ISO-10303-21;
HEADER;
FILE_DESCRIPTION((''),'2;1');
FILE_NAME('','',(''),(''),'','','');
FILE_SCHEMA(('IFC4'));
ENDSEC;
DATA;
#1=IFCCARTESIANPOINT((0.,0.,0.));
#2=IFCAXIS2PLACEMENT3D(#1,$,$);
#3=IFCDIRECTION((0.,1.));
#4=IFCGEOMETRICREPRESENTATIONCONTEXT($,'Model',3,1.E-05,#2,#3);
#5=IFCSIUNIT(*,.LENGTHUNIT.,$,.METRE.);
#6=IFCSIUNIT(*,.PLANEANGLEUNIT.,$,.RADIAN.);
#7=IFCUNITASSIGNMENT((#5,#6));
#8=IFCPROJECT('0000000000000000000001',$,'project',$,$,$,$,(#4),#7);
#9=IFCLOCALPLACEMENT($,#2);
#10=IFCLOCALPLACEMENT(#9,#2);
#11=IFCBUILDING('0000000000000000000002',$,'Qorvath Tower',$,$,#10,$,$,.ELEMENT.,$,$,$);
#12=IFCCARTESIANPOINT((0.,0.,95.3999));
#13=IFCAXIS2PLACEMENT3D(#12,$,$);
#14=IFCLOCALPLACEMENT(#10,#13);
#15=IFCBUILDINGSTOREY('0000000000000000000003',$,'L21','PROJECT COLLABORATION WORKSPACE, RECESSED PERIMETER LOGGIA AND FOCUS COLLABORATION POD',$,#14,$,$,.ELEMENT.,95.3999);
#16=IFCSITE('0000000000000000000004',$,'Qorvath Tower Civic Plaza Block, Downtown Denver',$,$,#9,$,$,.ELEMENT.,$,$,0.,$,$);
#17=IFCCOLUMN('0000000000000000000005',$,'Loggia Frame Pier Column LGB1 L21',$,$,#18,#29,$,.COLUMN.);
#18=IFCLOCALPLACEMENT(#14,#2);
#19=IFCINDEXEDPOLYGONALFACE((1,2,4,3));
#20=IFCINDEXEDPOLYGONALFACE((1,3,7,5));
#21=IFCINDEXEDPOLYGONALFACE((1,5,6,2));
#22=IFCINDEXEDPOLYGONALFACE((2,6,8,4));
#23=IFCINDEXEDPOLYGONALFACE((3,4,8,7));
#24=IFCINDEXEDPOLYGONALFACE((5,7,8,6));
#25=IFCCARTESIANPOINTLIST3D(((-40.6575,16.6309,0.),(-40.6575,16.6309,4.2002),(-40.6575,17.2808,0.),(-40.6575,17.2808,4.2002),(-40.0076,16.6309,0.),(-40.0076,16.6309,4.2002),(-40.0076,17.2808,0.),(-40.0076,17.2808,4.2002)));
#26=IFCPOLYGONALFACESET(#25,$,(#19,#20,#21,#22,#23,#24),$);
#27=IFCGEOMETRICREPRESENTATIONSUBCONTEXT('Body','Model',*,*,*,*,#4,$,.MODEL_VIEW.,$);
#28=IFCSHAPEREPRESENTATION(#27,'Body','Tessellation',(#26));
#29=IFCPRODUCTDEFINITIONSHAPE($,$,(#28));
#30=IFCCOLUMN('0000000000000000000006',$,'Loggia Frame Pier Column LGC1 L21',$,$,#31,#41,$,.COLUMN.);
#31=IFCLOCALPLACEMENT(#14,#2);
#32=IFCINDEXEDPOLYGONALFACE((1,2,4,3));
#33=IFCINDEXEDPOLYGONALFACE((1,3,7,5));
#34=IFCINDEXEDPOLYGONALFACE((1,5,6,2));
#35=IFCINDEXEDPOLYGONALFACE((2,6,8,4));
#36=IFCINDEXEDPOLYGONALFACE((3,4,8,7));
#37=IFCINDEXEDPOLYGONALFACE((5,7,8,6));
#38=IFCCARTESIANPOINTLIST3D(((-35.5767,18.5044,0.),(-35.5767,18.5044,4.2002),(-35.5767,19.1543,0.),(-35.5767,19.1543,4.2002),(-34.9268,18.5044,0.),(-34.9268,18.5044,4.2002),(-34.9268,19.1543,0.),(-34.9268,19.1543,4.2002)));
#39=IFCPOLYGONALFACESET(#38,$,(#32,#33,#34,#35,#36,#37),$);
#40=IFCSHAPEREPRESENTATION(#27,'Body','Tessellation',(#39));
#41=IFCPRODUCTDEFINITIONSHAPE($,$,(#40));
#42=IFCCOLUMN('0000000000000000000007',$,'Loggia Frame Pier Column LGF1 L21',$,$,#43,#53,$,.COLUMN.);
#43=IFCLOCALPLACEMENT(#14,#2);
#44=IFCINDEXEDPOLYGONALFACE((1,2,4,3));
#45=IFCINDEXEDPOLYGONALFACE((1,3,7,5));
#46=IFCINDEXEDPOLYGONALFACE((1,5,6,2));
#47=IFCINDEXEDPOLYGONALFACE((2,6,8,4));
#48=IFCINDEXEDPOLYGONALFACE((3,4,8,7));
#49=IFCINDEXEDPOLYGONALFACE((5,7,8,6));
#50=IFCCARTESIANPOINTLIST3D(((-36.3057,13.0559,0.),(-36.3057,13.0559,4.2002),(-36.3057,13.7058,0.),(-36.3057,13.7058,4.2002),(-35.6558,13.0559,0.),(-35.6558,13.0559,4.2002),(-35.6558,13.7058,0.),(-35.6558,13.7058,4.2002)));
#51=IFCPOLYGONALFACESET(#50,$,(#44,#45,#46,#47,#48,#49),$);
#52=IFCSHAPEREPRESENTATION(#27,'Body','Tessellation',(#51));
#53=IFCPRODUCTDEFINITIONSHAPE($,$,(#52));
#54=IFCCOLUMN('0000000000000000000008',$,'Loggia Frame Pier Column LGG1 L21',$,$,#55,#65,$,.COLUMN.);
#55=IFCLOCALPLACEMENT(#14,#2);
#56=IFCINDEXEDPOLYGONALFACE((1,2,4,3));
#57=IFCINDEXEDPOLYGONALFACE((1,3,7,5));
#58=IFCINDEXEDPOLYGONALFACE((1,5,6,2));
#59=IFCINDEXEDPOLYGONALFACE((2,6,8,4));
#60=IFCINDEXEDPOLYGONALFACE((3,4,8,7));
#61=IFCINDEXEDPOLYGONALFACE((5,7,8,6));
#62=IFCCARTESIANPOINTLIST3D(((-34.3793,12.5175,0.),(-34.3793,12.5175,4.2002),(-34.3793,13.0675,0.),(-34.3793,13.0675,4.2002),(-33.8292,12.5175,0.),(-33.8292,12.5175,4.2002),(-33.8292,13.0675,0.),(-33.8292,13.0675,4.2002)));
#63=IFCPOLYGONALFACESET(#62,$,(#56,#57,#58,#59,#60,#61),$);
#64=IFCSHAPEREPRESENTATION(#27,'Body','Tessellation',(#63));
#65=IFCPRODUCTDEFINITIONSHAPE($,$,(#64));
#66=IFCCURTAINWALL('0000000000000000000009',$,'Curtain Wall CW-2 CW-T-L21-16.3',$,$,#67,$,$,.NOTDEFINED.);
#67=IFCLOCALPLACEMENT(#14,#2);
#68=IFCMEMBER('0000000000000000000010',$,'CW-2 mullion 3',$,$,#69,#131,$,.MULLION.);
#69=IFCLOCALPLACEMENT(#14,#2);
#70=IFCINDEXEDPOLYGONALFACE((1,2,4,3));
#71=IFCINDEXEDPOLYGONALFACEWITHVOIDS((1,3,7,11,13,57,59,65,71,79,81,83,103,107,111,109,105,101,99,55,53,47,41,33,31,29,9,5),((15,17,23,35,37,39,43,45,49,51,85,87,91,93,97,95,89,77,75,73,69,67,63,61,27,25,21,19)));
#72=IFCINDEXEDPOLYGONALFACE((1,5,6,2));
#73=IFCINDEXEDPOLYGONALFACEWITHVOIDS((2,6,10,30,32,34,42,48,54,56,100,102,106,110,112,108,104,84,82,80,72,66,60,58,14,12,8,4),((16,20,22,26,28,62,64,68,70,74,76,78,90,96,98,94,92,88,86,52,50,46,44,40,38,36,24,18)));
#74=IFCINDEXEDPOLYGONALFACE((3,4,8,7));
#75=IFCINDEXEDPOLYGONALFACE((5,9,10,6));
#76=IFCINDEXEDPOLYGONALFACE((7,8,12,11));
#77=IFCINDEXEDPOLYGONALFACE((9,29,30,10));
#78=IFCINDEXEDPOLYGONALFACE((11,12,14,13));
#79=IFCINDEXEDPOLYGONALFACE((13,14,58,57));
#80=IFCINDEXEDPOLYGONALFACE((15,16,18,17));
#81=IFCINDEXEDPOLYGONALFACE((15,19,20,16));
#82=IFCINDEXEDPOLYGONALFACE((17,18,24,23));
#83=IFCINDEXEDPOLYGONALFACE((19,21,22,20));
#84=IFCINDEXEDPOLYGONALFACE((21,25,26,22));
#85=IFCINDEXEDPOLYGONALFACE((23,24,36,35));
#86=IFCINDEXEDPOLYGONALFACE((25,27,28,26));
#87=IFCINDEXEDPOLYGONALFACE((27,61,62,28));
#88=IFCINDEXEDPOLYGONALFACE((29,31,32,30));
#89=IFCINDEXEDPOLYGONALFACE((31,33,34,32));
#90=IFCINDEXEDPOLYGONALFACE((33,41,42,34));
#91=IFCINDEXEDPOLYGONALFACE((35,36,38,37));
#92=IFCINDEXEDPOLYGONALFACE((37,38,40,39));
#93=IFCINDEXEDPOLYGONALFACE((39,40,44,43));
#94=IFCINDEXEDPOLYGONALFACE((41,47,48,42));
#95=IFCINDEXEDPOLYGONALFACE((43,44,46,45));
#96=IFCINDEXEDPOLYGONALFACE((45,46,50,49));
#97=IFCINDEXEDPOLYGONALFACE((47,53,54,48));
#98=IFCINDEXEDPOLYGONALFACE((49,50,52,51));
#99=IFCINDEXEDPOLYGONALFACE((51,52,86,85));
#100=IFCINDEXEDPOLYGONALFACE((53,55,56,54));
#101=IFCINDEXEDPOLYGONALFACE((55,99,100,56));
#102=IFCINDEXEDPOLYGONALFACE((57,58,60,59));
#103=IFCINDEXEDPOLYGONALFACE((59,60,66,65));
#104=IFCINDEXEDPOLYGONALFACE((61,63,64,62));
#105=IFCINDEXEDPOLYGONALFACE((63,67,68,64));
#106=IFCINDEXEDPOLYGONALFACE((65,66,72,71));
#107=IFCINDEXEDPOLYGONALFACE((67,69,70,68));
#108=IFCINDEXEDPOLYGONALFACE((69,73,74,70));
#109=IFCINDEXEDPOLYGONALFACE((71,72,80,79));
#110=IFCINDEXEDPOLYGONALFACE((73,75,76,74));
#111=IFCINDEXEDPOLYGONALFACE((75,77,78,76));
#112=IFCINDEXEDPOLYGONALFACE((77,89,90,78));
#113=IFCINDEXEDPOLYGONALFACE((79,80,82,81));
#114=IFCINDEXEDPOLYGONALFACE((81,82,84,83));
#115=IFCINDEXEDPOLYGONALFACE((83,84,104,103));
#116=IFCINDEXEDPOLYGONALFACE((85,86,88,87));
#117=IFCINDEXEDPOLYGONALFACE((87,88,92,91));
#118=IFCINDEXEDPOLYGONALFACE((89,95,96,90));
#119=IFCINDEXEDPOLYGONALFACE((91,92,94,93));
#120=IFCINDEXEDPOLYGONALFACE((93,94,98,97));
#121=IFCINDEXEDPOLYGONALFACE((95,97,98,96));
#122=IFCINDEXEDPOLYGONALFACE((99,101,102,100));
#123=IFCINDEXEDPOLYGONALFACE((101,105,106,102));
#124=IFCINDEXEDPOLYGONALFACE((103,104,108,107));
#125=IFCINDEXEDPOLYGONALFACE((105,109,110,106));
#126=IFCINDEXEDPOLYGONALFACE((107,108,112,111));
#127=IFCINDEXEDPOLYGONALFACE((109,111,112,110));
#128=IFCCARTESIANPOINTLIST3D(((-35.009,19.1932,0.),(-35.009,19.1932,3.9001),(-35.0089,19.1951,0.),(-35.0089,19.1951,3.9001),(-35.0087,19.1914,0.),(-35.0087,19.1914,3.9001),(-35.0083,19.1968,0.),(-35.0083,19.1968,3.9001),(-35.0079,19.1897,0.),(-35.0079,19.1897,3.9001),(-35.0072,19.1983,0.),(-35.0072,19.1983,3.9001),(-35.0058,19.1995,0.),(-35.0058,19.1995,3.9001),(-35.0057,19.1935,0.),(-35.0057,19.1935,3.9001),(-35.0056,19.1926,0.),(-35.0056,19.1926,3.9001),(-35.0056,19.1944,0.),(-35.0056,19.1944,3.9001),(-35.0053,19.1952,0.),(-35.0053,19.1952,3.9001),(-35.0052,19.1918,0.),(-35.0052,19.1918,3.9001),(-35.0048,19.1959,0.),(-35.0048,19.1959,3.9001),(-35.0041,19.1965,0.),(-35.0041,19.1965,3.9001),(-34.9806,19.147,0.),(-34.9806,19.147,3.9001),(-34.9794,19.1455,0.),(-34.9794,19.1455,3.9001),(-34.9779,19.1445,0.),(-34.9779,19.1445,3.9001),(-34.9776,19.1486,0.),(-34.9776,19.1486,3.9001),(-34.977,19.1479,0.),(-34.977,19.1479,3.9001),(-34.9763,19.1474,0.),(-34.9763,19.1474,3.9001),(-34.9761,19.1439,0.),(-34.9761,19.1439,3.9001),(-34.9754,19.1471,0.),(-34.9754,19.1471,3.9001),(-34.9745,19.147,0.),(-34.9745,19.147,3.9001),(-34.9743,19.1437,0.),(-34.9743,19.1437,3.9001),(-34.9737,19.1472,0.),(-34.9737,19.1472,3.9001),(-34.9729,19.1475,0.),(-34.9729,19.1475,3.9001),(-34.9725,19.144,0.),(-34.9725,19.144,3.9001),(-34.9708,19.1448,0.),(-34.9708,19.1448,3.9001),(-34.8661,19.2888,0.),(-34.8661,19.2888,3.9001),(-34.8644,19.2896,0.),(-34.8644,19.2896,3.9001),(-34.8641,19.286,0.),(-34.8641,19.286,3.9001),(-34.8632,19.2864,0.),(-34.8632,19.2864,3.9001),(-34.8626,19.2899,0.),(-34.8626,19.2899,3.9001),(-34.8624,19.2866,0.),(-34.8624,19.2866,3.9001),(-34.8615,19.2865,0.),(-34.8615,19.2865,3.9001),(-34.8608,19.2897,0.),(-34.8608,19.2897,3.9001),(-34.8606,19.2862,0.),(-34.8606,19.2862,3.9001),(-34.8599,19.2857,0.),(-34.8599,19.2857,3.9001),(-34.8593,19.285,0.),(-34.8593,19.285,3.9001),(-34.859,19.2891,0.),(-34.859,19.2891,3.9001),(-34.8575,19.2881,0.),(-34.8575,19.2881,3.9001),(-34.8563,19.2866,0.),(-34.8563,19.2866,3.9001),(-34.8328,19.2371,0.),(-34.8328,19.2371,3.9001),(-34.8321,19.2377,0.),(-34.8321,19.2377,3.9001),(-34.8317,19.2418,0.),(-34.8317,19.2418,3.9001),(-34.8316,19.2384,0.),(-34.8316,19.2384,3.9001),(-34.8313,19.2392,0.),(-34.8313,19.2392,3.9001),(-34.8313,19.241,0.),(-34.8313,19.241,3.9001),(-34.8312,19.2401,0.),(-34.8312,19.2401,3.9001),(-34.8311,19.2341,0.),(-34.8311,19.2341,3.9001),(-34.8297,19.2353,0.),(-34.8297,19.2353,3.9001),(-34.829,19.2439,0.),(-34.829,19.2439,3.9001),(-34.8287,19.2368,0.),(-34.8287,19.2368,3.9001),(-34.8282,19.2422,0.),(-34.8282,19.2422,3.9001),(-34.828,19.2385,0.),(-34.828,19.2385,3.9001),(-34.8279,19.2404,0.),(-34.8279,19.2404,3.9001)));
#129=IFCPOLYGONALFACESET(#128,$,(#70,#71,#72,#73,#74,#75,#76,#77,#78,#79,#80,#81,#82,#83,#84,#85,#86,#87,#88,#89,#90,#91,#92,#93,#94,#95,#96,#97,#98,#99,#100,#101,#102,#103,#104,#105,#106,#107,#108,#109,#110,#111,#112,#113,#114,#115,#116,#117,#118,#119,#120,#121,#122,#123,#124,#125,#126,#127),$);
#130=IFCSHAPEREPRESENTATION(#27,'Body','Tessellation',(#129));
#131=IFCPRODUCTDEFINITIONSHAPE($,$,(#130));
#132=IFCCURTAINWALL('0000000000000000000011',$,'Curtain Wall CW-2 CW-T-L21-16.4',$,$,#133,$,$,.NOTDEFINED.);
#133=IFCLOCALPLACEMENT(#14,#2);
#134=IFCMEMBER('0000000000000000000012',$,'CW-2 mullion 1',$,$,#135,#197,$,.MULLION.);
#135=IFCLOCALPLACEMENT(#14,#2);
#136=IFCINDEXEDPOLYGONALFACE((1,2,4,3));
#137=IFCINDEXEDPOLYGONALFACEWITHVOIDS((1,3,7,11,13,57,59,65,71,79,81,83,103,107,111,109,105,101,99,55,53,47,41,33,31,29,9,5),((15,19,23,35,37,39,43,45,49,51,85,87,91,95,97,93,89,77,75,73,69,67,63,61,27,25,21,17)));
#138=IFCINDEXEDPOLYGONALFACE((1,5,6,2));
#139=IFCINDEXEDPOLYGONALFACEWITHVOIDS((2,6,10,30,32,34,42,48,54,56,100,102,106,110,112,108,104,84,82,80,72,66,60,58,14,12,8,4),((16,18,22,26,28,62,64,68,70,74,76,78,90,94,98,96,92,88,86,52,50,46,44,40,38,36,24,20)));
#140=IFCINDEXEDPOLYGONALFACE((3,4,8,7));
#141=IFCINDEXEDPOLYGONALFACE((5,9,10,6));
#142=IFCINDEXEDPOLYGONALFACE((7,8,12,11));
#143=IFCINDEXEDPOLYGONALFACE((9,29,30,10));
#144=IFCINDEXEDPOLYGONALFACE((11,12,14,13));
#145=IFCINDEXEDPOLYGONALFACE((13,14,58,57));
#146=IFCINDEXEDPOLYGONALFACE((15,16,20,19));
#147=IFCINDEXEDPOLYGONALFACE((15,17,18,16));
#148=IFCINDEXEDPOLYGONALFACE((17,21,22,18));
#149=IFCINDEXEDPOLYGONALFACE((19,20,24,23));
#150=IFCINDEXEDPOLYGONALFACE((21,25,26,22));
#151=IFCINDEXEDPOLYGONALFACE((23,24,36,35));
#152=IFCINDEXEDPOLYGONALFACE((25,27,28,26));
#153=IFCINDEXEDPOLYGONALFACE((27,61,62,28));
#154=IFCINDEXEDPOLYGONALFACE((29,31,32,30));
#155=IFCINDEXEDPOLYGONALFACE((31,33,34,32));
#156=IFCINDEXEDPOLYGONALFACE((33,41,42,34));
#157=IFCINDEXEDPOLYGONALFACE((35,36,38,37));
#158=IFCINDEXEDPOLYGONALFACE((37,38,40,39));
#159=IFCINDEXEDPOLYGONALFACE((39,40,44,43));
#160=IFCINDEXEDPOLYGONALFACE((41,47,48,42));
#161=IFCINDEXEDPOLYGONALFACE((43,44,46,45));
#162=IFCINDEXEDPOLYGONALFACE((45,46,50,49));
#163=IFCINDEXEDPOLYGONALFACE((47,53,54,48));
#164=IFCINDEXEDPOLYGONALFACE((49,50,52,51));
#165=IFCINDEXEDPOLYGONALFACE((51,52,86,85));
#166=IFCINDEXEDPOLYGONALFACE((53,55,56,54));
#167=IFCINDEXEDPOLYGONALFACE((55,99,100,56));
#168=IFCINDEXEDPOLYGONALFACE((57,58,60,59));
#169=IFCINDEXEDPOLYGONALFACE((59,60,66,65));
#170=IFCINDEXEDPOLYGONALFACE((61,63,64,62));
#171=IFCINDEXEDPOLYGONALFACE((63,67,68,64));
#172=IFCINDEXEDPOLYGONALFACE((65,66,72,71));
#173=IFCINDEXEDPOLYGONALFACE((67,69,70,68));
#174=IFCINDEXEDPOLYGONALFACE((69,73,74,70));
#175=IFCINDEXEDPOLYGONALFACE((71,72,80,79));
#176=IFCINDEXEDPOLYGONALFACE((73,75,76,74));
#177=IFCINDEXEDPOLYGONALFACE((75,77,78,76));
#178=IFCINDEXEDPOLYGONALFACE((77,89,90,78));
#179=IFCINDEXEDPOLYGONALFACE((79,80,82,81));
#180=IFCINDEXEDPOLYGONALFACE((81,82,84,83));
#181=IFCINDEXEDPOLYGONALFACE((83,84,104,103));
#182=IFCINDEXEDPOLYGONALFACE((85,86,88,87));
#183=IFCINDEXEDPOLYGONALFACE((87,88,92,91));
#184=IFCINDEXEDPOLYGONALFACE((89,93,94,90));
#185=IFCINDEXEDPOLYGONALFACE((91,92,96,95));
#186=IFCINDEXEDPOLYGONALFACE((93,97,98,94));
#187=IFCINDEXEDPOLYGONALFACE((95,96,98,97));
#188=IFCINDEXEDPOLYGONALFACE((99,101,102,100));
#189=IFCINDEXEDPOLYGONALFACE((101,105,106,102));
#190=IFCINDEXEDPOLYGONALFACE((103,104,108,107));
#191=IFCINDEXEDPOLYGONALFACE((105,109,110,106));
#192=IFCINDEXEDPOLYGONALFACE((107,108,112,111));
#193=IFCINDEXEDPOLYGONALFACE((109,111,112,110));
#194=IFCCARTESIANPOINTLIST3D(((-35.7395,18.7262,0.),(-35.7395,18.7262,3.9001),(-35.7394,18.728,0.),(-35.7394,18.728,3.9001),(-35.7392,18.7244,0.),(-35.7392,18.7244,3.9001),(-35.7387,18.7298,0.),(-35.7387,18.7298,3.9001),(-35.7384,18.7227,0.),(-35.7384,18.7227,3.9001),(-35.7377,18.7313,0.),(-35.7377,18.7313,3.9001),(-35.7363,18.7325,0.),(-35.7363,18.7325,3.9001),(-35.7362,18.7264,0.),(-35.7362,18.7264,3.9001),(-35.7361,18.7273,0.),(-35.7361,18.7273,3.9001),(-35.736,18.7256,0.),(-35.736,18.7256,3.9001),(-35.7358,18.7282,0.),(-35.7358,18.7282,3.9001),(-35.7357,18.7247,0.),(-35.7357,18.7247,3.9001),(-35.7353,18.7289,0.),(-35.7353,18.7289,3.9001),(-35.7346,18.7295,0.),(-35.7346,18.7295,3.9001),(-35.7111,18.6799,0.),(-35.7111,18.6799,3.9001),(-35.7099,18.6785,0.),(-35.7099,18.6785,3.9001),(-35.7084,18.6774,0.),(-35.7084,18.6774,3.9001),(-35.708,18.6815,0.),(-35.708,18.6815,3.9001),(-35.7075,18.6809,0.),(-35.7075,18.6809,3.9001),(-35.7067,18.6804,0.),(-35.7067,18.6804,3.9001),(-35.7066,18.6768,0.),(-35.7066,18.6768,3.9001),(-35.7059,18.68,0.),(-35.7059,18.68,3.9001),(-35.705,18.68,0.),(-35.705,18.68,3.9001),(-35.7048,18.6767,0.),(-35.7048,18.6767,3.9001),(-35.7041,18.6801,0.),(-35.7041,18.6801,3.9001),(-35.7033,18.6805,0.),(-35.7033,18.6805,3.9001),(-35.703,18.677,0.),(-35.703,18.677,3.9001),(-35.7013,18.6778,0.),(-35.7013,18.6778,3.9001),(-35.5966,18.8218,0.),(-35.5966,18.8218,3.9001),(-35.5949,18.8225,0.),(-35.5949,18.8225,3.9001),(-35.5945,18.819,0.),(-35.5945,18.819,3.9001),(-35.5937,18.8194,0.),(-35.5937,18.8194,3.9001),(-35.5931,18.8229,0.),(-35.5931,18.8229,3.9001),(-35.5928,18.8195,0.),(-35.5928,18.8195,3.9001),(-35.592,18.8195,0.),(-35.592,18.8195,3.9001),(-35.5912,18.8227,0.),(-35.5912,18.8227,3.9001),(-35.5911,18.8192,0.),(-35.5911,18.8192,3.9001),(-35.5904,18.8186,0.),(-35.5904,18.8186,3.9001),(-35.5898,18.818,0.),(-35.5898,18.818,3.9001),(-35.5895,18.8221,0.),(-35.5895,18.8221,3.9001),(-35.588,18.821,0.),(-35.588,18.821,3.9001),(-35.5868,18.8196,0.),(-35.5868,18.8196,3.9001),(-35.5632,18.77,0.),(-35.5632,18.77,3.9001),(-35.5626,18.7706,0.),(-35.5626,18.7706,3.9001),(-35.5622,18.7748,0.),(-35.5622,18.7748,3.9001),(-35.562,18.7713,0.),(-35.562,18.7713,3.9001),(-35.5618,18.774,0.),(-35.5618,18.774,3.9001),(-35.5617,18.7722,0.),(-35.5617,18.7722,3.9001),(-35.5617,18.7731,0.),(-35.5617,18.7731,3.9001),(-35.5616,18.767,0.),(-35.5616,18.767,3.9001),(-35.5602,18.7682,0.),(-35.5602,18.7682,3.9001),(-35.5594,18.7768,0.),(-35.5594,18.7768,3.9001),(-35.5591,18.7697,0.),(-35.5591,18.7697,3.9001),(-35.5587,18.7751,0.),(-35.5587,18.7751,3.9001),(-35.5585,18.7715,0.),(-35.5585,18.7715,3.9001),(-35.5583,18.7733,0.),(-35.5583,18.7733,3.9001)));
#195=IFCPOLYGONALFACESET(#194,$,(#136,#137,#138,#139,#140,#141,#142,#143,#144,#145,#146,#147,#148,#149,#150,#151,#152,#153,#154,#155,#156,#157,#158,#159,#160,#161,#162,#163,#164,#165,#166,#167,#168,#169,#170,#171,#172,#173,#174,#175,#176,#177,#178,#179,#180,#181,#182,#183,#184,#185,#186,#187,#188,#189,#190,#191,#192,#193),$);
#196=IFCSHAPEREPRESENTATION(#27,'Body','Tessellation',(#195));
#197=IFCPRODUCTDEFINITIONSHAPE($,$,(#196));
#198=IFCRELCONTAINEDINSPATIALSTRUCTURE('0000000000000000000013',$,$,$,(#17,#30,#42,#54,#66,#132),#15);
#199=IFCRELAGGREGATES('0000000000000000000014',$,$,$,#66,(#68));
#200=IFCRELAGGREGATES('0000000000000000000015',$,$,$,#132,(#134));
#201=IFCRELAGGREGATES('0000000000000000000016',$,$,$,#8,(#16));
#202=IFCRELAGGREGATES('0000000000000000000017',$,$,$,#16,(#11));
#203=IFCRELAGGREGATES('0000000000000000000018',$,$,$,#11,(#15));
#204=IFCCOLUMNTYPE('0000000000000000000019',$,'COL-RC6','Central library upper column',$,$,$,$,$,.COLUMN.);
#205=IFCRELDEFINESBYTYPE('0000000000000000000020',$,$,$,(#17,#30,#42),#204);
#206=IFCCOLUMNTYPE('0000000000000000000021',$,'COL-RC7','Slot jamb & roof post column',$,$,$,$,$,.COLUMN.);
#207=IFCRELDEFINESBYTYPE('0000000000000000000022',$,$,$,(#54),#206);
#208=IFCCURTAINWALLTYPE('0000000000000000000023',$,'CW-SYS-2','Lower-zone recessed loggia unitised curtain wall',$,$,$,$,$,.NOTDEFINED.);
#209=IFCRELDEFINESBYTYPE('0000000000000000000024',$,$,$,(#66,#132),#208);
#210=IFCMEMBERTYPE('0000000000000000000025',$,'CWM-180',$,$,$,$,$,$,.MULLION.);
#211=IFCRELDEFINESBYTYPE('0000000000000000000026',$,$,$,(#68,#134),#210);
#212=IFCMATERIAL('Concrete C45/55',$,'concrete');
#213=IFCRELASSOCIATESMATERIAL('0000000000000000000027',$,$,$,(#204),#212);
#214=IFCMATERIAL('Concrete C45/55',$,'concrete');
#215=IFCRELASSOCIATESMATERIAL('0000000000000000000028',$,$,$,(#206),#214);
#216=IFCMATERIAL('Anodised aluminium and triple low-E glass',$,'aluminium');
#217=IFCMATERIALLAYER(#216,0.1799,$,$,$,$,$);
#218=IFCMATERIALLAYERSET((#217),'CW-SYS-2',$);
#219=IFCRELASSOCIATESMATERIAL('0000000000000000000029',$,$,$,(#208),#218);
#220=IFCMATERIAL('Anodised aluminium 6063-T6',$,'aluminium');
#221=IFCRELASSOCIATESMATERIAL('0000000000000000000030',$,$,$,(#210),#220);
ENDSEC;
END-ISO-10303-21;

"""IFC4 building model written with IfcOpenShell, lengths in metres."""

from ifc_helpers import new_model, si_unit, direction, frame, origin, origin_2d, place, context, subcontext, project, spatial, rectangle, hollow_rectangle, extrude, material, layer, layer_set, material_profile, profile_set, type_object, element, aggregate, save


model = new_model("IFC4")

# Units and contexts
model_context = context("Model", 3, precision=1e-05, world=origin(), true_north=direction((0.0, 1.0)))
body_context = subcontext(model_context, "Body", "Model", "MODEL_VIEW")
ifc_project = project(units=[si_unit("LENGTHUNIT", "METRE"), si_unit("PLANEANGLEUNIT", "RADIAN")], contexts=[model_context])

# Site, building, storey
site_placement = place(None, origin())
site = spatial("IfcSite", under=ifc_project, at=site_placement, Name="Qorvath Tower Civic Plaza Block, Downtown Denver", CompositionType="ELEMENT", RefElevation=0.0)
building_placement = place(site_placement, origin())
building = spatial("IfcBuilding", under=site, at=building_placement, Name="Qorvath Tower", CompositionType="ELEMENT")
storey_placement = place(building_placement, frame((0.0, 0.0, 95.3999)))
storey = spatial("IfcBuildingStorey", under=building, at=storey_placement, Name="L21", Description="PROJECT COLLABORATION WORKSPACE, RECESSED PERIMETER LOGGIA AND FOCUS COLLABORATION POD", CompositionType="ELEMENT", Elevation=95.3999)

# Columns
ifc_material_1 = material(Name="Concrete C45/55", Category="concrete")
ifc_material_profile_1 = material_profile(ifc_material_1, rectangle(XDim=0.6499, YDim=0.6499, at=origin_2d()), Name="RC 650x650")
ifc_profile_set_1 = profile_set([ifc_material_profile_1], Name="Concrete C45/55")
column_type_1 = type_object("IfcColumnType", Name="COL-RC6", Description="Central library upper column", PredefinedType="COLUMN", material=ifc_profile_set_1)
for number, where, z_axis, x_axis, name in (
    (1, (-40.3325, 16.9558, 0.0), (0.0, 0.0, 1.0), (1.0, 0.0, 0.0), "Loggia Frame Pier Column LGB1 L21"),
    (2, (-35.2517, 18.8293, 0.0), (0.0, 0.0, 1.0), (1.0, 0.0, 0.0), "Loggia Frame Pier Column LGC1 L21"),
    (3, (-35.9807, 13.3809, 0.0), (0.0, 0.0, 1.0), (1.0, 0.0, 0.0), "Loggia Frame Pier Column LGF1 L21"),
):
    element("IfcColumn", number, at=place(storey_placement, frame(where, z_axis=z_axis, x_axis=x_axis)), inside=storey, type_object=column_type_1, Name=name, PredefinedType="COLUMN", context=body_context, shape_type="SweptSolid", body=[
        extrude(rectangle(XDim=0.6499, YDim=0.6499, at=origin_2d()), origin(), (0.0, 0.0, 1.0), 4.2002),
    ])
ifc_material_2 = material(Name="Concrete C45/55", Category="concrete")
ifc_material_profile_2 = material_profile(ifc_material_2, rectangle(XDim=0.55, YDim=0.55, at=origin_2d()), Name="RC 550x550")
ifc_profile_set_2 = profile_set([ifc_material_profile_2], Name="Concrete C45/55")
column_type_2 = type_object("IfcColumnType", Name="COL-RC7", Description="Slot jamb & roof post column", PredefinedType="COLUMN", material=ifc_profile_set_2)
column_placement = place(storey_placement, frame((-34.1042, 12.7925, 0.0), z_axis=(0.0, 0.0, 1.0), x_axis=(1.0, 0.0, 0.0)))
element("IfcColumn", 4, at=column_placement, inside=storey, type_object=column_type_2, Name="Loggia Frame Pier Column LGG1 L21", PredefinedType="COLUMN", context=body_context, shape_type="SweptSolid", body=[
    extrude(rectangle(XDim=0.55, YDim=0.55, at=origin_2d()), origin(), (0.0, 0.0, 1.0), 4.2002),
])

# Curtain wall, member
ifc_material_3 = material(Name="Anodised aluminium and triple low-E glass", Category="aluminium")
ifc_layer_1 = layer(ifc_material_3, 0.1799)
ifc_layer_set_1 = layer_set([ifc_layer_1], Name="CW-SYS-2")
curtain_wall_type = type_object("IfcCurtainWallType", Name="CW-SYS-2", Description="Lower-zone recessed loggia unitised curtain wall", PredefinedType="NOTDEFINED", material=ifc_layer_set_1)
curtain_wall_1_placement = place(storey_placement, origin())
curtain_wall_1 = element("IfcCurtainWall", 5, at=curtain_wall_1_placement, inside=storey, type_object=curtain_wall_type, Name="Curtain Wall CW-2 CW-T-L21-16.3", PredefinedType="NOTDEFINED")
ifc_material_4 = material(Name="Anodised aluminium 6063-T6", Category="aluminium")
ifc_material_profile_3 = material_profile(ifc_material_4, hollow_rectangle(XDim=0.0649, YDim=0.1799, WallThickness=0.0034, InnerFilletRadius=0.0034, OuterFilletRadius=0.0071, at=origin_2d()), Name="CWM 180x65")
ifc_profile_set_3 = profile_set([ifc_material_profile_3], Name="Anodised aluminium 6063-T6")
member_type_1 = type_object("IfcMemberType", Name="CWM-180", PredefinedType="MULLION", material=ifc_profile_set_3)
member_1_placement = place(storey_placement, frame((-34.9185, 19.2168, 0.0), z_axis=(0.0, 0.0, 1.0), x_axis=(0.538541, -0.842599, 0.0)))
member_1 = element("IfcMember", 6, at=member_1_placement, type_object=member_type_1, Name="CW-2 mullion 3", PredefinedType="MULLION", context=body_context, shape_type="SweptSolid", body=[
    extrude(hollow_rectangle(XDim=0.0649, YDim=0.1799, WallThickness=0.0034, InnerFilletRadius=0.0034, OuterFilletRadius=0.0071, at=origin_2d()), origin(), (0.0, 0.0, 1.0), 3.9001),
])
aggregate(curtain_wall_1, [member_1])

# Curtain wall, member
curtain_wall_2_placement = place(storey_placement, origin())
curtain_wall_2 = element("IfcCurtainWall", 7, at=curtain_wall_2_placement, inside=storey, type_object=curtain_wall_type, Name="Curtain Wall CW-2 CW-T-L21-16.4", PredefinedType="NOTDEFINED")
member_2_placement = place(storey_placement, frame((-35.6489, 18.7498, 0.0), z_axis=(0.0, 0.0, 1.0), x_axis=(0.538529, -0.842607, 0.0)))
member_2 = element("IfcMember", 8, at=member_2_placement, type_object=member_type_1, Name="CW-2 mullion 1", PredefinedType="MULLION", context=body_context, shape_type="SweptSolid", body=[
    extrude(hollow_rectangle(XDim=0.0649, YDim=0.1799, WallThickness=0.0034, InnerFilletRadius=0.0034, OuterFilletRadius=0.0071, at=origin_2d()), origin(), (0.0, 0.0, 1.0), 3.9001),
])
aggregate(curtain_wall_2, [member_2])

save(model, "model.ifc")
